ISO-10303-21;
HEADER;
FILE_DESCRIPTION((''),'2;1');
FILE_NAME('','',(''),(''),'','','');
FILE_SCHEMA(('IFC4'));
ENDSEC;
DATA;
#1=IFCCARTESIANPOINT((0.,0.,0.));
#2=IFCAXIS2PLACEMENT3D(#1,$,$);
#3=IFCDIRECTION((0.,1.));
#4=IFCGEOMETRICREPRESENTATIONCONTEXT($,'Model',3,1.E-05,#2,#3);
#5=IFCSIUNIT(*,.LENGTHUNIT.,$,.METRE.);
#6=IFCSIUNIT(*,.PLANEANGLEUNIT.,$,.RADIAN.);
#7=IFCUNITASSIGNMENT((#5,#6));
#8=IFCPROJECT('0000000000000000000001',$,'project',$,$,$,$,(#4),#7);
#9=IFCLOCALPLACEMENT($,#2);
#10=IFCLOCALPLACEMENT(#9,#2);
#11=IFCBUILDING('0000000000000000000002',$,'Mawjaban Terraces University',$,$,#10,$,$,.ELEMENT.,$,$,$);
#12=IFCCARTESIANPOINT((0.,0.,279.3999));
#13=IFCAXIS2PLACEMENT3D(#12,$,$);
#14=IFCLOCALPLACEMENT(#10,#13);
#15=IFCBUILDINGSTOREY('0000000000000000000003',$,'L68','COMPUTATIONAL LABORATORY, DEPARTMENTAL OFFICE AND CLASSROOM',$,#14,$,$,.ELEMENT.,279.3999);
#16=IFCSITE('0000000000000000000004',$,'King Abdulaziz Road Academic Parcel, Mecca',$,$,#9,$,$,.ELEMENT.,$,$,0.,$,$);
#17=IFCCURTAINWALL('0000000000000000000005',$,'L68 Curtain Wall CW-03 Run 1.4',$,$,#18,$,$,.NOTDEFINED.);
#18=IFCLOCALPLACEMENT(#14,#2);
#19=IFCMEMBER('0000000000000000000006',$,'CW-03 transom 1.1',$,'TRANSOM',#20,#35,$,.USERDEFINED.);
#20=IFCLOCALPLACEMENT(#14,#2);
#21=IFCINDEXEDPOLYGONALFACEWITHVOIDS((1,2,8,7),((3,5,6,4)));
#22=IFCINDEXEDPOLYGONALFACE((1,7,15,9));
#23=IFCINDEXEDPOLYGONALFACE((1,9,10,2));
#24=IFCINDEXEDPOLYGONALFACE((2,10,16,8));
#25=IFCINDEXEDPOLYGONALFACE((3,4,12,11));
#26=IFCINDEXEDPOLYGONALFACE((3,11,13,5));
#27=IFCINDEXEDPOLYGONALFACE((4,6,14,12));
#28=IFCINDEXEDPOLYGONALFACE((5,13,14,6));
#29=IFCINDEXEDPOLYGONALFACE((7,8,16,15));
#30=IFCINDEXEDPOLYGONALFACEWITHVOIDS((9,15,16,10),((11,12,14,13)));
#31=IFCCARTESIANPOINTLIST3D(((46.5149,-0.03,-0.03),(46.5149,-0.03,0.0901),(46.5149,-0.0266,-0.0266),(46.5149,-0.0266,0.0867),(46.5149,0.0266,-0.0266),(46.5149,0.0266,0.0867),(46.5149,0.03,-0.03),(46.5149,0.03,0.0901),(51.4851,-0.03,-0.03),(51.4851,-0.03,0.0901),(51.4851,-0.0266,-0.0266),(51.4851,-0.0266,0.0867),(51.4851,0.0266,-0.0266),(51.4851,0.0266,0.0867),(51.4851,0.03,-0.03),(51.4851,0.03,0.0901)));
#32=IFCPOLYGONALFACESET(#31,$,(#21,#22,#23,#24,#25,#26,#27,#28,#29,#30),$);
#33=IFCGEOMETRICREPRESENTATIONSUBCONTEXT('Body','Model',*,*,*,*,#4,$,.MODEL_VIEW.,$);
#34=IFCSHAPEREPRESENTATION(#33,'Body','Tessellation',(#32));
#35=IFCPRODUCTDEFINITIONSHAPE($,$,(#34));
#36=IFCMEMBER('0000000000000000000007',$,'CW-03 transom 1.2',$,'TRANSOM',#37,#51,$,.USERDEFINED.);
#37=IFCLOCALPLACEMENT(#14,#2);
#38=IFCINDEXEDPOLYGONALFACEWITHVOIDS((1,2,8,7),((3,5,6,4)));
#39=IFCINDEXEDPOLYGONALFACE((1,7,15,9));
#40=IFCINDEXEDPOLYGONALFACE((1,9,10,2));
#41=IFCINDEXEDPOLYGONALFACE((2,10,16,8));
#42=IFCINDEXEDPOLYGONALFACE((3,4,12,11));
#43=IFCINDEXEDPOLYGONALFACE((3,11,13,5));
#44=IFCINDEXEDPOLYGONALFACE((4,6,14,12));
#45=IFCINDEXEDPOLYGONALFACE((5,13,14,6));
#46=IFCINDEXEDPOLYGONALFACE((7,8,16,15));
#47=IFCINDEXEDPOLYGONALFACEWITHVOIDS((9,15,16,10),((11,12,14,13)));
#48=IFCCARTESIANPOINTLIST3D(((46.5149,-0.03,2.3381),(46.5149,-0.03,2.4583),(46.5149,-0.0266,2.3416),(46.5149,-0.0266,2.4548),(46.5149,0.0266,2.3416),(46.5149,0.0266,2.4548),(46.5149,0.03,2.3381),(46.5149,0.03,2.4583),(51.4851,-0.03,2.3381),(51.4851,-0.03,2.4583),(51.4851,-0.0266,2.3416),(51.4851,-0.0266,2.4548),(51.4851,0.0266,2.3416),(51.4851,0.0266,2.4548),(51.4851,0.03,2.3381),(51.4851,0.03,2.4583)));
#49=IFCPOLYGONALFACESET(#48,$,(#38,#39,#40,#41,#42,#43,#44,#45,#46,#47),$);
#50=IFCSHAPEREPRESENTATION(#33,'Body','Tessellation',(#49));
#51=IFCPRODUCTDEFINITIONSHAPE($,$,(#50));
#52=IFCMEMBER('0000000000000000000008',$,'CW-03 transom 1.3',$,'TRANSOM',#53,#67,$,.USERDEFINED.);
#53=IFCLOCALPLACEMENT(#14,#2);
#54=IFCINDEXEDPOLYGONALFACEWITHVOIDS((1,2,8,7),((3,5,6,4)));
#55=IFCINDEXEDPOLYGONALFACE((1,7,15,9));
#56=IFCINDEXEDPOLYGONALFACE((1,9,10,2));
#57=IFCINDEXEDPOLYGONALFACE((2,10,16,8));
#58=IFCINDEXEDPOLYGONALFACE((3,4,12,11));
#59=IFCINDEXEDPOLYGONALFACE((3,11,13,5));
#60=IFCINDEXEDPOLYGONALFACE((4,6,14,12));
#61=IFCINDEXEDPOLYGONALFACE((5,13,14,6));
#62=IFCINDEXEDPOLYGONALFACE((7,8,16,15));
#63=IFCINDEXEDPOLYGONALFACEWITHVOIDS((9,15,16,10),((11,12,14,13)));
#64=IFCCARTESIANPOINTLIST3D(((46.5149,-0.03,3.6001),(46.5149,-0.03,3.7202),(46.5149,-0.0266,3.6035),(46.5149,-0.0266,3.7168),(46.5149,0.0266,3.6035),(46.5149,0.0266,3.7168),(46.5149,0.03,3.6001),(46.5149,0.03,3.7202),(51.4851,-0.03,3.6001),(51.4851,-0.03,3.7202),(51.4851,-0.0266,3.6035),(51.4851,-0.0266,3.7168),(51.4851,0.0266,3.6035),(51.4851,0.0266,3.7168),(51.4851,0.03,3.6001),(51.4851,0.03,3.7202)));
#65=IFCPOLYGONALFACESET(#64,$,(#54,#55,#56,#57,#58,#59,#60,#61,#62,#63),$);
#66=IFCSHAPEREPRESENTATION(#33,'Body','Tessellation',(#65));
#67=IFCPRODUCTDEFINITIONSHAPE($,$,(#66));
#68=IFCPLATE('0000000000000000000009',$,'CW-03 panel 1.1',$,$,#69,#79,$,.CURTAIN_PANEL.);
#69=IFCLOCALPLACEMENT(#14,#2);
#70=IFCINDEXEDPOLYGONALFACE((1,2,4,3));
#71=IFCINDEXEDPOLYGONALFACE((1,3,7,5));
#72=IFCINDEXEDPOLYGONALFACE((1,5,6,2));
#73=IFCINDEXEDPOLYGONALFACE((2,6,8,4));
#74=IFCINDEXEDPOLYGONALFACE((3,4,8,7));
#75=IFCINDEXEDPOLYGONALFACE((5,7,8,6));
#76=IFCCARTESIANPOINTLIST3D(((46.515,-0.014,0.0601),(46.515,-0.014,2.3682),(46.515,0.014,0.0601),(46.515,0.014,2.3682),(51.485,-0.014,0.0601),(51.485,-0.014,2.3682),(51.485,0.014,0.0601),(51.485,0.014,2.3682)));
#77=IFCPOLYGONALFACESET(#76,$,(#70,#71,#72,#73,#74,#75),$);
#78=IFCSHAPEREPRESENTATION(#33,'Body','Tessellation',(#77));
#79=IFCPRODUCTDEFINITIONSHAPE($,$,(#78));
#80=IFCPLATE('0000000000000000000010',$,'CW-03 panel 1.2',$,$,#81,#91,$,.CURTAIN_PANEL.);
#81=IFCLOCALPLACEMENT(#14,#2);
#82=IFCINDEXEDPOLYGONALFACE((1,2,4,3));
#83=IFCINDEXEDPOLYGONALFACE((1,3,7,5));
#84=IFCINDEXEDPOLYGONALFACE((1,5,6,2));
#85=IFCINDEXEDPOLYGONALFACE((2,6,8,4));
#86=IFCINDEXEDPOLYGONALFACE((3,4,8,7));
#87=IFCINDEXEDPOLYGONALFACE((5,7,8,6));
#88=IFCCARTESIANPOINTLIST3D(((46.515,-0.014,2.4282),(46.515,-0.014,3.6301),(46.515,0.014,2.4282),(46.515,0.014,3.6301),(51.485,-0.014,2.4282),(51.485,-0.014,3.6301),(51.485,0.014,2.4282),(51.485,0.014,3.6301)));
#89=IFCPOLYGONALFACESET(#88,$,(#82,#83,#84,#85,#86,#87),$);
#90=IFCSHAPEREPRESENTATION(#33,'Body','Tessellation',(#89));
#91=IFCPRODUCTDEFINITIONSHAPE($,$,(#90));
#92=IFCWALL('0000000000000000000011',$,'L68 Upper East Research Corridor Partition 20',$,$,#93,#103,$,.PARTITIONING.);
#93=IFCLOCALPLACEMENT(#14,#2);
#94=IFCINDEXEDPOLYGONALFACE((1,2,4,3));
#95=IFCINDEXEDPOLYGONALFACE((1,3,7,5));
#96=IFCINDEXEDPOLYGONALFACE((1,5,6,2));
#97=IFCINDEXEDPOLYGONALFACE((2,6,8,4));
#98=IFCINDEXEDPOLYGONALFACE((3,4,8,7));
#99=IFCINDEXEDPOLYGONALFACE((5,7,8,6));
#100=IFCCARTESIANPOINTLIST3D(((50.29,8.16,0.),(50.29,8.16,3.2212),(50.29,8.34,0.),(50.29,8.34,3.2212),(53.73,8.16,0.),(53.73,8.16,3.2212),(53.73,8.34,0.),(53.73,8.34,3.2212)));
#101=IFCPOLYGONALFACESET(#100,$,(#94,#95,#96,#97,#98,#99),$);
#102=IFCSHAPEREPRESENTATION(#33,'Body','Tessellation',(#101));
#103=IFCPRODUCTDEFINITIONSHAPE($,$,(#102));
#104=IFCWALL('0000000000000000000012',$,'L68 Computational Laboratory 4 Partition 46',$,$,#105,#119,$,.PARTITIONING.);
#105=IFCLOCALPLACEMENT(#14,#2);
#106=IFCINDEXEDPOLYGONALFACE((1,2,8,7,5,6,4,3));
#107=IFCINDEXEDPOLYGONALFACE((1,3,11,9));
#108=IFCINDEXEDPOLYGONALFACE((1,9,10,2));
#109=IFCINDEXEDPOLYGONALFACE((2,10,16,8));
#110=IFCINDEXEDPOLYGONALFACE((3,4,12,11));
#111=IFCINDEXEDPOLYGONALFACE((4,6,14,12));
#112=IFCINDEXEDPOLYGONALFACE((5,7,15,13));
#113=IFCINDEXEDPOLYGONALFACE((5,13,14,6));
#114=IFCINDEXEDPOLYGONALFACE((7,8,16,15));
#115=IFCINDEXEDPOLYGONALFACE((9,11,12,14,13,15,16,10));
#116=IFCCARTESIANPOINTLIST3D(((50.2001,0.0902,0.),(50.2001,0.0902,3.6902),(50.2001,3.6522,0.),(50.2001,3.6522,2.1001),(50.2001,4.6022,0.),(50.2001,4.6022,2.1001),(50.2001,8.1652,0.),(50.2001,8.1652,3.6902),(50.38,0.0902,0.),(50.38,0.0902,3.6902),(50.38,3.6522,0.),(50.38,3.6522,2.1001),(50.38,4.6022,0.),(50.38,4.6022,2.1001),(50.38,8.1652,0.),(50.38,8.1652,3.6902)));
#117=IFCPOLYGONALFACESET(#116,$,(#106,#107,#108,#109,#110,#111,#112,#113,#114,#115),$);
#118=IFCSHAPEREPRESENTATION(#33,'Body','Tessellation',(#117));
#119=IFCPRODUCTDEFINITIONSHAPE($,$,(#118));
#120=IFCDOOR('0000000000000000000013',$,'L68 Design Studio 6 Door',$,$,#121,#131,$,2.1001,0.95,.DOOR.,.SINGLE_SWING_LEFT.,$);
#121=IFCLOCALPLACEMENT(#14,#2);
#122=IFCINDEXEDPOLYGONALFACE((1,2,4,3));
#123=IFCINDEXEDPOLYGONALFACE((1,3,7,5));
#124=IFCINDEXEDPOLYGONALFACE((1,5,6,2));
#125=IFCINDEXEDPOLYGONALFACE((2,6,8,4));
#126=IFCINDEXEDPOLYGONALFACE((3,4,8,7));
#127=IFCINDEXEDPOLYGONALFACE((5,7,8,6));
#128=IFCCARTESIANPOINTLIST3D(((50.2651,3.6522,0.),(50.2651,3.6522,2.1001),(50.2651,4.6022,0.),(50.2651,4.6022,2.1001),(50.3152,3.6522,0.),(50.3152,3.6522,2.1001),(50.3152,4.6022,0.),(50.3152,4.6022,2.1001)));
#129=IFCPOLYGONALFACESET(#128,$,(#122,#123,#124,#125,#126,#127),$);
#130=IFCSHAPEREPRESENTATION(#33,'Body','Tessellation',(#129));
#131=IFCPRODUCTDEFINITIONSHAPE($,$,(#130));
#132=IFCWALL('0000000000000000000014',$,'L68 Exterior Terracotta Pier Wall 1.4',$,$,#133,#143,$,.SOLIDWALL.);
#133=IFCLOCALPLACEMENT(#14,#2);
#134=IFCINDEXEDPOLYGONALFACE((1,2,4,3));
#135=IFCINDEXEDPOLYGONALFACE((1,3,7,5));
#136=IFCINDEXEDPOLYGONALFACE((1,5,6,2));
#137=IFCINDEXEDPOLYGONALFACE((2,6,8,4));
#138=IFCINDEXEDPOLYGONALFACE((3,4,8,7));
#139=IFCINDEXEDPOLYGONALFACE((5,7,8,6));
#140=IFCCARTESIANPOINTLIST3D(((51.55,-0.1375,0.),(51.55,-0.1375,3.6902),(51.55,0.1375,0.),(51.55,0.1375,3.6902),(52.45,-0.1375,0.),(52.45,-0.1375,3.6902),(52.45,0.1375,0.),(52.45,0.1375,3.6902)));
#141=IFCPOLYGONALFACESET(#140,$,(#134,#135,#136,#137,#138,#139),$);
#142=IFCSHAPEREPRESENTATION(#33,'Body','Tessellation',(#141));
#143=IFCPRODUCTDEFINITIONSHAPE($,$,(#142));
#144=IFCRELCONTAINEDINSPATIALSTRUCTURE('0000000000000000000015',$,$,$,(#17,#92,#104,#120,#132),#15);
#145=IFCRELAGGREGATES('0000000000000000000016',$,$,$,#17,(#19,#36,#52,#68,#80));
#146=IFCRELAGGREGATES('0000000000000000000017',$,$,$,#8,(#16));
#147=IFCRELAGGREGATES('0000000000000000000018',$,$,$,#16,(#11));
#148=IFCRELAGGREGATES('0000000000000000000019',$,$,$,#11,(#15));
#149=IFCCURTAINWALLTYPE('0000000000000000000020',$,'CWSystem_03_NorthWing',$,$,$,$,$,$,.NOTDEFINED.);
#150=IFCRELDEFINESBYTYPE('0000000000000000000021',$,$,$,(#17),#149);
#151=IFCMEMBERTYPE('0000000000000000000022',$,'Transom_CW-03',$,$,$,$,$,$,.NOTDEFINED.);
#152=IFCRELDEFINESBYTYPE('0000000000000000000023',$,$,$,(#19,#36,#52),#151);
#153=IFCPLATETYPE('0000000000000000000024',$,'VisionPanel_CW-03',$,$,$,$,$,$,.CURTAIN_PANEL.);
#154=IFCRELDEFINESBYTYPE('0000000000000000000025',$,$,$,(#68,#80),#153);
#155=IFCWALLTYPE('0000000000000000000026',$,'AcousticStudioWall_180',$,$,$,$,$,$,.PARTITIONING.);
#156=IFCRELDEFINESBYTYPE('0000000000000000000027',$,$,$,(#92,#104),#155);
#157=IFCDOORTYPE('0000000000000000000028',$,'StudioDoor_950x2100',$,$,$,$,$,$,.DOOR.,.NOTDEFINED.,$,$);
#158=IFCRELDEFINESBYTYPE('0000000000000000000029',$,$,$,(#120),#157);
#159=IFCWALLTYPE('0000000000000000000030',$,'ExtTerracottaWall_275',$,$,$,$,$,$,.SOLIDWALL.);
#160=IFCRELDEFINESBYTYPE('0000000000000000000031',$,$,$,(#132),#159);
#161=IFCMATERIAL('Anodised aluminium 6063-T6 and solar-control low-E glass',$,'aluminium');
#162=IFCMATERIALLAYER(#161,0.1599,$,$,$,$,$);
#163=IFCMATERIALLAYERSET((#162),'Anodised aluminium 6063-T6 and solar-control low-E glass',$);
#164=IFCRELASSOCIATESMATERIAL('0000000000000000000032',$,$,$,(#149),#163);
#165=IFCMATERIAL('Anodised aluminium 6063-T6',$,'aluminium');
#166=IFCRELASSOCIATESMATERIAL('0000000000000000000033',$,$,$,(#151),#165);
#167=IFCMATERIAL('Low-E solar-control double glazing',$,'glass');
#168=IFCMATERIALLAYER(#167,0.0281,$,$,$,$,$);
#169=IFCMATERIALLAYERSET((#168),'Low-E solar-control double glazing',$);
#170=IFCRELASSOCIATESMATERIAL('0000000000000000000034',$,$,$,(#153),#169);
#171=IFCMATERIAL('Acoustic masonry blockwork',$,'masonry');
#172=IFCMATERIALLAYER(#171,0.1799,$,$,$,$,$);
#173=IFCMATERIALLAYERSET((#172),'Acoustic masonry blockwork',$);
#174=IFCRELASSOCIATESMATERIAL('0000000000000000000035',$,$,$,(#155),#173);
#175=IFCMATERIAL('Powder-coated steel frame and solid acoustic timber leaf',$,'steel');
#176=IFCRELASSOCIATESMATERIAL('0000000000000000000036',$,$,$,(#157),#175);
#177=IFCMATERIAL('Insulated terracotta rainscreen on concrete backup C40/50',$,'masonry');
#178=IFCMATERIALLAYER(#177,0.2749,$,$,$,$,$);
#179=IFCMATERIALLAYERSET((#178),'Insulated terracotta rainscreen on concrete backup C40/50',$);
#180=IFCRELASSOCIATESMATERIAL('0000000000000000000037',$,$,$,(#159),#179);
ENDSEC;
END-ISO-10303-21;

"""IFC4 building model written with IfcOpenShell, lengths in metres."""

from ifc_helpers import new_model, si_unit, direction, frame, frame_2d, origin, origin_2d, place, context, subcontext, project, spatial, rectangle, hollow_rectangle, extrude, material, layer, layer_set, material_profile, profile_set, type_object, element, fill, aggregate, save


model = new_model("IFC4")

# Units and contexts
model_context = context("Model", 3, precision=1e-05, world=origin(), true_north=direction((0.0, 1.0)))
body_context = subcontext(model_context, "Body", "Model", "MODEL_VIEW")
ifc_project = project(units=[si_unit("LENGTHUNIT", "METRE"), si_unit("PLANEANGLEUNIT", "RADIAN")], contexts=[model_context])

# Site, building, storey
site_placement = place(None, origin())
site = spatial("IfcSite", under=ifc_project, at=site_placement, Name="King Abdulaziz Road Academic Parcel, Mecca", CompositionType="ELEMENT", RefElevation=0.0)
building_placement = place(site_placement, origin())
building = spatial("IfcBuilding", under=site, at=building_placement, Name="Mawjaban Terraces University", CompositionType="ELEMENT")
storey_placement = place(building_placement, frame((0.0, 0.0, 279.3999)))
storey = spatial("IfcBuildingStorey", under=building, at=storey_placement, Name="L68", Description="COMPUTATIONAL LABORATORY, DEPARTMENTAL OFFICE AND CLASSROOM", CompositionType="ELEMENT", Elevation=279.3999)

# Curtain wall, members, plates
ifc_material_1 = material(Name="Anodised aluminium 6063-T6 and solar-control low-E glass", Category="aluminium")
ifc_layer_1 = layer(ifc_material_1, 0.1599)
ifc_layer_set_1 = layer_set([ifc_layer_1], Name="Anodised aluminium 6063-T6 and solar-control low-E glass")
curtain_wall_type = type_object("IfcCurtainWallType", Name="CWSystem_03_NorthWing", PredefinedType="NOTDEFINED", material=ifc_layer_set_1)
curtain_wall_placement = place(storey_placement, origin())
curtain_wall = element("IfcCurtainWall", 1, at=curtain_wall_placement, inside=storey, type_object=curtain_wall_type, Name="L68 Curtain Wall CW-03 Run 1.4", PredefinedType="NOTDEFINED")
ifc_material_2 = material(Name="Anodised aluminium 6063-T6", Category="aluminium")
ifc_material_profile_1 = material_profile(ifc_material_2, hollow_rectangle(XDim=0.0601, YDim=0.1201, WallThickness=0.0034, at=origin_2d()), Name="ALU120X60X3.5")
ifc_profile_set_1 = profile_set([ifc_material_profile_1], Name="Anodised aluminium 6063-T6")
member_type_1 = type_object("IfcMemberType", Name="Transom_CW-03", PredefinedType="NOTDEFINED", material=ifc_profile_set_1)
member_1_placement = place(storey_placement, frame((46.5149, 0.0, 0.03), z_axis=(1.0, 0.0, 0.0), x_axis=(0.0, 1.0, 0.0)))
member_1 = element("IfcMember", 2, at=member_1_placement, type_object=member_type_1, Name="CW-03 transom 1.1", ObjectType="TRANSOM", PredefinedType="USERDEFINED", context=body_context, shape_type="SweptSolid", body=[
    extrude(hollow_rectangle(XDim=0.0601, YDim=0.1201, WallThickness=0.0034, at=origin_2d()), origin(), (0.0, 0.0, 1.0), 4.9702),
])
member_2_placement = place(storey_placement, frame((46.5149, 0.0, 2.3982), z_axis=(1.0, 0.0, 0.0), x_axis=(0.0, 1.0, 0.0)))
member_2 = element("IfcMember", 3, at=member_2_placement, type_object=member_type_1, Name="CW-03 transom 1.2", ObjectType="TRANSOM", PredefinedType="USERDEFINED", context=body_context, shape_type="SweptSolid", body=[
    extrude(hollow_rectangle(XDim=0.0601, YDim=0.1201, WallThickness=0.0034, at=origin_2d()), origin(), (0.0, 0.0, 1.0), 4.9702),
])
member_3_placement = place(storey_placement, frame((46.5149, 0.0, 3.6602), z_axis=(1.0, 0.0, 0.0), x_axis=(0.0, 1.0, 0.0)))
member_3 = element("IfcMember", 4, at=member_3_placement, type_object=member_type_1, Name="CW-03 transom 1.3", ObjectType="TRANSOM", PredefinedType="USERDEFINED", context=body_context, shape_type="SweptSolid", body=[
    extrude(hollow_rectangle(XDim=0.0601, YDim=0.1201, WallThickness=0.0034, at=origin_2d()), origin(), (0.0, 0.0, 1.0), 4.9702),
])
ifc_material_3 = material(Name="Low-E solar-control double glazing", Category="glass")
ifc_layer_2 = layer(ifc_material_3, 0.0281)
ifc_layer_set_2 = layer_set([ifc_layer_2], Name="Low-E solar-control double glazing")
plate_type = type_object("IfcPlateType", Name="VisionPanel_CW-03", PredefinedType="CURTAIN_PANEL", material=ifc_layer_set_2)
plate_1_placement = place(storey_placement, frame((49.0, 0.0, 0.0601), z_axis=(0.0, 0.0, 1.0), x_axis=(1.0, 0.0, 0.0)))
plate_1 = element("IfcPlate", 5, at=plate_1_placement, type_object=plate_type, Name="CW-03 panel 1.1", PredefinedType="CURTAIN_PANEL", context=body_context, shape_type="SweptSolid", body=[
    extrude(rectangle(XDim=4.97, YDim=0.0281, at=origin_2d()), origin(), (0.0, 0.0, 1.0), 2.3081),
])
plate_2_placement = place(storey_placement, frame((49.0, 0.0, 2.4282), z_axis=(0.0, 0.0, 1.0), x_axis=(1.0, 0.0, 0.0)))
plate_2 = element("IfcPlate", 6, at=plate_2_placement, type_object=plate_type, Name="CW-03 panel 1.2", PredefinedType="CURTAIN_PANEL", context=body_context, shape_type="SweptSolid", body=[
    extrude(rectangle(XDim=4.97, YDim=0.0281, at=origin_2d()), origin(), (0.0, 0.0, 1.0), 1.2019),
])
aggregate(curtain_wall, [member_1, member_2, member_3, plate_1, plate_2])

# Wall
ifc_material_4 = material(Name="Acoustic masonry blockwork", Category="masonry")
ifc_layer_3 = layer(ifc_material_4, 0.1799)
ifc_layer_set_3 = layer_set([ifc_layer_3], Name="Acoustic masonry blockwork")
wall_type_1 = type_object("IfcWallType", Name="AcousticStudioWall_180", PredefinedType="PARTITIONING", material=ifc_layer_set_3)
wall_1_placement = place(storey_placement, frame((50.29, 8.25, 0.0), z_axis=(0.0, 0.0, 1.0), x_axis=(1.0, 0.0, 0.0)))
element("IfcWall", 7, at=wall_1_placement, inside=storey, type_object=wall_type_1, Name="L68 Upper East Research Corridor Partition 20", PredefinedType="PARTITIONING", context=body_context, shape_type="SweptSolid", body=[
    extrude(rectangle(XDim=3.4399, YDim=0.1799, at=frame_2d((1.72, 0.0))), origin(), (0.0, 0.0, 1.0), 3.2212),
])

# Wall, opening, door
wall_2_placement = place(storey_placement, frame((50.29, 0.0901, 0.0), z_axis=(0.0, 0.0, 1.0), x_axis=(0.0, 1.0, 0.0)))
wall_2 = element("IfcWall", 8, at=wall_2_placement, inside=storey, type_object=wall_type_1, Name="L68 Computational Laboratory 4 Partition 46", PredefinedType="PARTITIONING", context=body_context, shape_type="SweptSolid", body=[
    extrude(rectangle(XDim=8.075, YDim=0.1799, at=frame_2d((4.0376, 0.0))), origin(), (0.0, 0.0, 1.0), 3.6902),
])
opening_1_placement = place(wall_2_placement, frame((3.562, 0.0, 0.0)))
opening_1 = element("IfcOpeningElement", 9, at=opening_1_placement, cuts=wall_2, PredefinedType="OPENING", context=body_context, shape_type="SweptSolid", body=[
    extrude(rectangle(XDim=0.95, YDim=2.1001, at=frame_2d((0.4751, 1.05))), frame((0.0, 0.0999, 0.0), z_axis=(0.0, -1.0, 0.0), x_axis=(1.0, 0.0, 0.0)), (0.0, 0.0, 1.0), 0.2),
])
ifc_material_5 = material(Name="Powder-coated steel frame and solid acoustic timber leaf", Category="steel")
door_type_1 = type_object("IfcDoorType", Name="StudioDoor_950x2100", OperationType="NOTDEFINED", PredefinedType="DOOR", material=ifc_material_5)
door_1_placement = place(opening_1_placement, origin())
door_1 = element("IfcDoor", 10, at=door_1_placement, inside=storey, type_object=door_type_1, Name="L68 Design Studio 6 Door", OperationType="SINGLE_SWING_LEFT", OverallHeight=2.1001, OverallWidth=0.95, PredefinedType="DOOR", context=body_context, shape_type="SweptSolid", body=[
    extrude(rectangle(XDim=0.95, YDim=2.1001, at=frame_2d((0.4751, 1.05))), frame((0.0, 0.0249, 0.0), z_axis=(0.0, -1.0, 0.0), x_axis=(1.0, 0.0, 0.0)), (0.0, 0.0, 1.0), 0.05),
])
fill(opening_1, door_1)

# Wall
ifc_material_6 = material(Name="Insulated terracotta rainscreen on concrete backup C40/50", Category="masonry")
ifc_layer_4 = layer(ifc_material_6, 0.2749)
ifc_layer_set_4 = layer_set([ifc_layer_4], Name="Insulated terracotta rainscreen on concrete backup C40/50")
wall_type_2 = type_object("IfcWallType", Name="ExtTerracottaWall_275", PredefinedType="SOLIDWALL", material=ifc_layer_set_4)
wall_3_placement = place(storey_placement, frame((51.55, 0.0, 0.0), z_axis=(0.0, 0.0, 1.0), x_axis=(1.0, 0.0, 0.0)))
element("IfcWall", 11, at=wall_3_placement, inside=storey, type_object=wall_type_2, Name="L68 Exterior Terracotta Pier Wall 1.4", PredefinedType="SOLIDWALL", context=body_context, shape_type="SweptSolid", body=[
    extrude(rectangle(XDim=0.8999, YDim=0.2749, at=frame_2d((0.45, 0.0))), origin(), (0.0, 0.0, 1.0), 3.6902),
])

save(model, "model.ifc")
